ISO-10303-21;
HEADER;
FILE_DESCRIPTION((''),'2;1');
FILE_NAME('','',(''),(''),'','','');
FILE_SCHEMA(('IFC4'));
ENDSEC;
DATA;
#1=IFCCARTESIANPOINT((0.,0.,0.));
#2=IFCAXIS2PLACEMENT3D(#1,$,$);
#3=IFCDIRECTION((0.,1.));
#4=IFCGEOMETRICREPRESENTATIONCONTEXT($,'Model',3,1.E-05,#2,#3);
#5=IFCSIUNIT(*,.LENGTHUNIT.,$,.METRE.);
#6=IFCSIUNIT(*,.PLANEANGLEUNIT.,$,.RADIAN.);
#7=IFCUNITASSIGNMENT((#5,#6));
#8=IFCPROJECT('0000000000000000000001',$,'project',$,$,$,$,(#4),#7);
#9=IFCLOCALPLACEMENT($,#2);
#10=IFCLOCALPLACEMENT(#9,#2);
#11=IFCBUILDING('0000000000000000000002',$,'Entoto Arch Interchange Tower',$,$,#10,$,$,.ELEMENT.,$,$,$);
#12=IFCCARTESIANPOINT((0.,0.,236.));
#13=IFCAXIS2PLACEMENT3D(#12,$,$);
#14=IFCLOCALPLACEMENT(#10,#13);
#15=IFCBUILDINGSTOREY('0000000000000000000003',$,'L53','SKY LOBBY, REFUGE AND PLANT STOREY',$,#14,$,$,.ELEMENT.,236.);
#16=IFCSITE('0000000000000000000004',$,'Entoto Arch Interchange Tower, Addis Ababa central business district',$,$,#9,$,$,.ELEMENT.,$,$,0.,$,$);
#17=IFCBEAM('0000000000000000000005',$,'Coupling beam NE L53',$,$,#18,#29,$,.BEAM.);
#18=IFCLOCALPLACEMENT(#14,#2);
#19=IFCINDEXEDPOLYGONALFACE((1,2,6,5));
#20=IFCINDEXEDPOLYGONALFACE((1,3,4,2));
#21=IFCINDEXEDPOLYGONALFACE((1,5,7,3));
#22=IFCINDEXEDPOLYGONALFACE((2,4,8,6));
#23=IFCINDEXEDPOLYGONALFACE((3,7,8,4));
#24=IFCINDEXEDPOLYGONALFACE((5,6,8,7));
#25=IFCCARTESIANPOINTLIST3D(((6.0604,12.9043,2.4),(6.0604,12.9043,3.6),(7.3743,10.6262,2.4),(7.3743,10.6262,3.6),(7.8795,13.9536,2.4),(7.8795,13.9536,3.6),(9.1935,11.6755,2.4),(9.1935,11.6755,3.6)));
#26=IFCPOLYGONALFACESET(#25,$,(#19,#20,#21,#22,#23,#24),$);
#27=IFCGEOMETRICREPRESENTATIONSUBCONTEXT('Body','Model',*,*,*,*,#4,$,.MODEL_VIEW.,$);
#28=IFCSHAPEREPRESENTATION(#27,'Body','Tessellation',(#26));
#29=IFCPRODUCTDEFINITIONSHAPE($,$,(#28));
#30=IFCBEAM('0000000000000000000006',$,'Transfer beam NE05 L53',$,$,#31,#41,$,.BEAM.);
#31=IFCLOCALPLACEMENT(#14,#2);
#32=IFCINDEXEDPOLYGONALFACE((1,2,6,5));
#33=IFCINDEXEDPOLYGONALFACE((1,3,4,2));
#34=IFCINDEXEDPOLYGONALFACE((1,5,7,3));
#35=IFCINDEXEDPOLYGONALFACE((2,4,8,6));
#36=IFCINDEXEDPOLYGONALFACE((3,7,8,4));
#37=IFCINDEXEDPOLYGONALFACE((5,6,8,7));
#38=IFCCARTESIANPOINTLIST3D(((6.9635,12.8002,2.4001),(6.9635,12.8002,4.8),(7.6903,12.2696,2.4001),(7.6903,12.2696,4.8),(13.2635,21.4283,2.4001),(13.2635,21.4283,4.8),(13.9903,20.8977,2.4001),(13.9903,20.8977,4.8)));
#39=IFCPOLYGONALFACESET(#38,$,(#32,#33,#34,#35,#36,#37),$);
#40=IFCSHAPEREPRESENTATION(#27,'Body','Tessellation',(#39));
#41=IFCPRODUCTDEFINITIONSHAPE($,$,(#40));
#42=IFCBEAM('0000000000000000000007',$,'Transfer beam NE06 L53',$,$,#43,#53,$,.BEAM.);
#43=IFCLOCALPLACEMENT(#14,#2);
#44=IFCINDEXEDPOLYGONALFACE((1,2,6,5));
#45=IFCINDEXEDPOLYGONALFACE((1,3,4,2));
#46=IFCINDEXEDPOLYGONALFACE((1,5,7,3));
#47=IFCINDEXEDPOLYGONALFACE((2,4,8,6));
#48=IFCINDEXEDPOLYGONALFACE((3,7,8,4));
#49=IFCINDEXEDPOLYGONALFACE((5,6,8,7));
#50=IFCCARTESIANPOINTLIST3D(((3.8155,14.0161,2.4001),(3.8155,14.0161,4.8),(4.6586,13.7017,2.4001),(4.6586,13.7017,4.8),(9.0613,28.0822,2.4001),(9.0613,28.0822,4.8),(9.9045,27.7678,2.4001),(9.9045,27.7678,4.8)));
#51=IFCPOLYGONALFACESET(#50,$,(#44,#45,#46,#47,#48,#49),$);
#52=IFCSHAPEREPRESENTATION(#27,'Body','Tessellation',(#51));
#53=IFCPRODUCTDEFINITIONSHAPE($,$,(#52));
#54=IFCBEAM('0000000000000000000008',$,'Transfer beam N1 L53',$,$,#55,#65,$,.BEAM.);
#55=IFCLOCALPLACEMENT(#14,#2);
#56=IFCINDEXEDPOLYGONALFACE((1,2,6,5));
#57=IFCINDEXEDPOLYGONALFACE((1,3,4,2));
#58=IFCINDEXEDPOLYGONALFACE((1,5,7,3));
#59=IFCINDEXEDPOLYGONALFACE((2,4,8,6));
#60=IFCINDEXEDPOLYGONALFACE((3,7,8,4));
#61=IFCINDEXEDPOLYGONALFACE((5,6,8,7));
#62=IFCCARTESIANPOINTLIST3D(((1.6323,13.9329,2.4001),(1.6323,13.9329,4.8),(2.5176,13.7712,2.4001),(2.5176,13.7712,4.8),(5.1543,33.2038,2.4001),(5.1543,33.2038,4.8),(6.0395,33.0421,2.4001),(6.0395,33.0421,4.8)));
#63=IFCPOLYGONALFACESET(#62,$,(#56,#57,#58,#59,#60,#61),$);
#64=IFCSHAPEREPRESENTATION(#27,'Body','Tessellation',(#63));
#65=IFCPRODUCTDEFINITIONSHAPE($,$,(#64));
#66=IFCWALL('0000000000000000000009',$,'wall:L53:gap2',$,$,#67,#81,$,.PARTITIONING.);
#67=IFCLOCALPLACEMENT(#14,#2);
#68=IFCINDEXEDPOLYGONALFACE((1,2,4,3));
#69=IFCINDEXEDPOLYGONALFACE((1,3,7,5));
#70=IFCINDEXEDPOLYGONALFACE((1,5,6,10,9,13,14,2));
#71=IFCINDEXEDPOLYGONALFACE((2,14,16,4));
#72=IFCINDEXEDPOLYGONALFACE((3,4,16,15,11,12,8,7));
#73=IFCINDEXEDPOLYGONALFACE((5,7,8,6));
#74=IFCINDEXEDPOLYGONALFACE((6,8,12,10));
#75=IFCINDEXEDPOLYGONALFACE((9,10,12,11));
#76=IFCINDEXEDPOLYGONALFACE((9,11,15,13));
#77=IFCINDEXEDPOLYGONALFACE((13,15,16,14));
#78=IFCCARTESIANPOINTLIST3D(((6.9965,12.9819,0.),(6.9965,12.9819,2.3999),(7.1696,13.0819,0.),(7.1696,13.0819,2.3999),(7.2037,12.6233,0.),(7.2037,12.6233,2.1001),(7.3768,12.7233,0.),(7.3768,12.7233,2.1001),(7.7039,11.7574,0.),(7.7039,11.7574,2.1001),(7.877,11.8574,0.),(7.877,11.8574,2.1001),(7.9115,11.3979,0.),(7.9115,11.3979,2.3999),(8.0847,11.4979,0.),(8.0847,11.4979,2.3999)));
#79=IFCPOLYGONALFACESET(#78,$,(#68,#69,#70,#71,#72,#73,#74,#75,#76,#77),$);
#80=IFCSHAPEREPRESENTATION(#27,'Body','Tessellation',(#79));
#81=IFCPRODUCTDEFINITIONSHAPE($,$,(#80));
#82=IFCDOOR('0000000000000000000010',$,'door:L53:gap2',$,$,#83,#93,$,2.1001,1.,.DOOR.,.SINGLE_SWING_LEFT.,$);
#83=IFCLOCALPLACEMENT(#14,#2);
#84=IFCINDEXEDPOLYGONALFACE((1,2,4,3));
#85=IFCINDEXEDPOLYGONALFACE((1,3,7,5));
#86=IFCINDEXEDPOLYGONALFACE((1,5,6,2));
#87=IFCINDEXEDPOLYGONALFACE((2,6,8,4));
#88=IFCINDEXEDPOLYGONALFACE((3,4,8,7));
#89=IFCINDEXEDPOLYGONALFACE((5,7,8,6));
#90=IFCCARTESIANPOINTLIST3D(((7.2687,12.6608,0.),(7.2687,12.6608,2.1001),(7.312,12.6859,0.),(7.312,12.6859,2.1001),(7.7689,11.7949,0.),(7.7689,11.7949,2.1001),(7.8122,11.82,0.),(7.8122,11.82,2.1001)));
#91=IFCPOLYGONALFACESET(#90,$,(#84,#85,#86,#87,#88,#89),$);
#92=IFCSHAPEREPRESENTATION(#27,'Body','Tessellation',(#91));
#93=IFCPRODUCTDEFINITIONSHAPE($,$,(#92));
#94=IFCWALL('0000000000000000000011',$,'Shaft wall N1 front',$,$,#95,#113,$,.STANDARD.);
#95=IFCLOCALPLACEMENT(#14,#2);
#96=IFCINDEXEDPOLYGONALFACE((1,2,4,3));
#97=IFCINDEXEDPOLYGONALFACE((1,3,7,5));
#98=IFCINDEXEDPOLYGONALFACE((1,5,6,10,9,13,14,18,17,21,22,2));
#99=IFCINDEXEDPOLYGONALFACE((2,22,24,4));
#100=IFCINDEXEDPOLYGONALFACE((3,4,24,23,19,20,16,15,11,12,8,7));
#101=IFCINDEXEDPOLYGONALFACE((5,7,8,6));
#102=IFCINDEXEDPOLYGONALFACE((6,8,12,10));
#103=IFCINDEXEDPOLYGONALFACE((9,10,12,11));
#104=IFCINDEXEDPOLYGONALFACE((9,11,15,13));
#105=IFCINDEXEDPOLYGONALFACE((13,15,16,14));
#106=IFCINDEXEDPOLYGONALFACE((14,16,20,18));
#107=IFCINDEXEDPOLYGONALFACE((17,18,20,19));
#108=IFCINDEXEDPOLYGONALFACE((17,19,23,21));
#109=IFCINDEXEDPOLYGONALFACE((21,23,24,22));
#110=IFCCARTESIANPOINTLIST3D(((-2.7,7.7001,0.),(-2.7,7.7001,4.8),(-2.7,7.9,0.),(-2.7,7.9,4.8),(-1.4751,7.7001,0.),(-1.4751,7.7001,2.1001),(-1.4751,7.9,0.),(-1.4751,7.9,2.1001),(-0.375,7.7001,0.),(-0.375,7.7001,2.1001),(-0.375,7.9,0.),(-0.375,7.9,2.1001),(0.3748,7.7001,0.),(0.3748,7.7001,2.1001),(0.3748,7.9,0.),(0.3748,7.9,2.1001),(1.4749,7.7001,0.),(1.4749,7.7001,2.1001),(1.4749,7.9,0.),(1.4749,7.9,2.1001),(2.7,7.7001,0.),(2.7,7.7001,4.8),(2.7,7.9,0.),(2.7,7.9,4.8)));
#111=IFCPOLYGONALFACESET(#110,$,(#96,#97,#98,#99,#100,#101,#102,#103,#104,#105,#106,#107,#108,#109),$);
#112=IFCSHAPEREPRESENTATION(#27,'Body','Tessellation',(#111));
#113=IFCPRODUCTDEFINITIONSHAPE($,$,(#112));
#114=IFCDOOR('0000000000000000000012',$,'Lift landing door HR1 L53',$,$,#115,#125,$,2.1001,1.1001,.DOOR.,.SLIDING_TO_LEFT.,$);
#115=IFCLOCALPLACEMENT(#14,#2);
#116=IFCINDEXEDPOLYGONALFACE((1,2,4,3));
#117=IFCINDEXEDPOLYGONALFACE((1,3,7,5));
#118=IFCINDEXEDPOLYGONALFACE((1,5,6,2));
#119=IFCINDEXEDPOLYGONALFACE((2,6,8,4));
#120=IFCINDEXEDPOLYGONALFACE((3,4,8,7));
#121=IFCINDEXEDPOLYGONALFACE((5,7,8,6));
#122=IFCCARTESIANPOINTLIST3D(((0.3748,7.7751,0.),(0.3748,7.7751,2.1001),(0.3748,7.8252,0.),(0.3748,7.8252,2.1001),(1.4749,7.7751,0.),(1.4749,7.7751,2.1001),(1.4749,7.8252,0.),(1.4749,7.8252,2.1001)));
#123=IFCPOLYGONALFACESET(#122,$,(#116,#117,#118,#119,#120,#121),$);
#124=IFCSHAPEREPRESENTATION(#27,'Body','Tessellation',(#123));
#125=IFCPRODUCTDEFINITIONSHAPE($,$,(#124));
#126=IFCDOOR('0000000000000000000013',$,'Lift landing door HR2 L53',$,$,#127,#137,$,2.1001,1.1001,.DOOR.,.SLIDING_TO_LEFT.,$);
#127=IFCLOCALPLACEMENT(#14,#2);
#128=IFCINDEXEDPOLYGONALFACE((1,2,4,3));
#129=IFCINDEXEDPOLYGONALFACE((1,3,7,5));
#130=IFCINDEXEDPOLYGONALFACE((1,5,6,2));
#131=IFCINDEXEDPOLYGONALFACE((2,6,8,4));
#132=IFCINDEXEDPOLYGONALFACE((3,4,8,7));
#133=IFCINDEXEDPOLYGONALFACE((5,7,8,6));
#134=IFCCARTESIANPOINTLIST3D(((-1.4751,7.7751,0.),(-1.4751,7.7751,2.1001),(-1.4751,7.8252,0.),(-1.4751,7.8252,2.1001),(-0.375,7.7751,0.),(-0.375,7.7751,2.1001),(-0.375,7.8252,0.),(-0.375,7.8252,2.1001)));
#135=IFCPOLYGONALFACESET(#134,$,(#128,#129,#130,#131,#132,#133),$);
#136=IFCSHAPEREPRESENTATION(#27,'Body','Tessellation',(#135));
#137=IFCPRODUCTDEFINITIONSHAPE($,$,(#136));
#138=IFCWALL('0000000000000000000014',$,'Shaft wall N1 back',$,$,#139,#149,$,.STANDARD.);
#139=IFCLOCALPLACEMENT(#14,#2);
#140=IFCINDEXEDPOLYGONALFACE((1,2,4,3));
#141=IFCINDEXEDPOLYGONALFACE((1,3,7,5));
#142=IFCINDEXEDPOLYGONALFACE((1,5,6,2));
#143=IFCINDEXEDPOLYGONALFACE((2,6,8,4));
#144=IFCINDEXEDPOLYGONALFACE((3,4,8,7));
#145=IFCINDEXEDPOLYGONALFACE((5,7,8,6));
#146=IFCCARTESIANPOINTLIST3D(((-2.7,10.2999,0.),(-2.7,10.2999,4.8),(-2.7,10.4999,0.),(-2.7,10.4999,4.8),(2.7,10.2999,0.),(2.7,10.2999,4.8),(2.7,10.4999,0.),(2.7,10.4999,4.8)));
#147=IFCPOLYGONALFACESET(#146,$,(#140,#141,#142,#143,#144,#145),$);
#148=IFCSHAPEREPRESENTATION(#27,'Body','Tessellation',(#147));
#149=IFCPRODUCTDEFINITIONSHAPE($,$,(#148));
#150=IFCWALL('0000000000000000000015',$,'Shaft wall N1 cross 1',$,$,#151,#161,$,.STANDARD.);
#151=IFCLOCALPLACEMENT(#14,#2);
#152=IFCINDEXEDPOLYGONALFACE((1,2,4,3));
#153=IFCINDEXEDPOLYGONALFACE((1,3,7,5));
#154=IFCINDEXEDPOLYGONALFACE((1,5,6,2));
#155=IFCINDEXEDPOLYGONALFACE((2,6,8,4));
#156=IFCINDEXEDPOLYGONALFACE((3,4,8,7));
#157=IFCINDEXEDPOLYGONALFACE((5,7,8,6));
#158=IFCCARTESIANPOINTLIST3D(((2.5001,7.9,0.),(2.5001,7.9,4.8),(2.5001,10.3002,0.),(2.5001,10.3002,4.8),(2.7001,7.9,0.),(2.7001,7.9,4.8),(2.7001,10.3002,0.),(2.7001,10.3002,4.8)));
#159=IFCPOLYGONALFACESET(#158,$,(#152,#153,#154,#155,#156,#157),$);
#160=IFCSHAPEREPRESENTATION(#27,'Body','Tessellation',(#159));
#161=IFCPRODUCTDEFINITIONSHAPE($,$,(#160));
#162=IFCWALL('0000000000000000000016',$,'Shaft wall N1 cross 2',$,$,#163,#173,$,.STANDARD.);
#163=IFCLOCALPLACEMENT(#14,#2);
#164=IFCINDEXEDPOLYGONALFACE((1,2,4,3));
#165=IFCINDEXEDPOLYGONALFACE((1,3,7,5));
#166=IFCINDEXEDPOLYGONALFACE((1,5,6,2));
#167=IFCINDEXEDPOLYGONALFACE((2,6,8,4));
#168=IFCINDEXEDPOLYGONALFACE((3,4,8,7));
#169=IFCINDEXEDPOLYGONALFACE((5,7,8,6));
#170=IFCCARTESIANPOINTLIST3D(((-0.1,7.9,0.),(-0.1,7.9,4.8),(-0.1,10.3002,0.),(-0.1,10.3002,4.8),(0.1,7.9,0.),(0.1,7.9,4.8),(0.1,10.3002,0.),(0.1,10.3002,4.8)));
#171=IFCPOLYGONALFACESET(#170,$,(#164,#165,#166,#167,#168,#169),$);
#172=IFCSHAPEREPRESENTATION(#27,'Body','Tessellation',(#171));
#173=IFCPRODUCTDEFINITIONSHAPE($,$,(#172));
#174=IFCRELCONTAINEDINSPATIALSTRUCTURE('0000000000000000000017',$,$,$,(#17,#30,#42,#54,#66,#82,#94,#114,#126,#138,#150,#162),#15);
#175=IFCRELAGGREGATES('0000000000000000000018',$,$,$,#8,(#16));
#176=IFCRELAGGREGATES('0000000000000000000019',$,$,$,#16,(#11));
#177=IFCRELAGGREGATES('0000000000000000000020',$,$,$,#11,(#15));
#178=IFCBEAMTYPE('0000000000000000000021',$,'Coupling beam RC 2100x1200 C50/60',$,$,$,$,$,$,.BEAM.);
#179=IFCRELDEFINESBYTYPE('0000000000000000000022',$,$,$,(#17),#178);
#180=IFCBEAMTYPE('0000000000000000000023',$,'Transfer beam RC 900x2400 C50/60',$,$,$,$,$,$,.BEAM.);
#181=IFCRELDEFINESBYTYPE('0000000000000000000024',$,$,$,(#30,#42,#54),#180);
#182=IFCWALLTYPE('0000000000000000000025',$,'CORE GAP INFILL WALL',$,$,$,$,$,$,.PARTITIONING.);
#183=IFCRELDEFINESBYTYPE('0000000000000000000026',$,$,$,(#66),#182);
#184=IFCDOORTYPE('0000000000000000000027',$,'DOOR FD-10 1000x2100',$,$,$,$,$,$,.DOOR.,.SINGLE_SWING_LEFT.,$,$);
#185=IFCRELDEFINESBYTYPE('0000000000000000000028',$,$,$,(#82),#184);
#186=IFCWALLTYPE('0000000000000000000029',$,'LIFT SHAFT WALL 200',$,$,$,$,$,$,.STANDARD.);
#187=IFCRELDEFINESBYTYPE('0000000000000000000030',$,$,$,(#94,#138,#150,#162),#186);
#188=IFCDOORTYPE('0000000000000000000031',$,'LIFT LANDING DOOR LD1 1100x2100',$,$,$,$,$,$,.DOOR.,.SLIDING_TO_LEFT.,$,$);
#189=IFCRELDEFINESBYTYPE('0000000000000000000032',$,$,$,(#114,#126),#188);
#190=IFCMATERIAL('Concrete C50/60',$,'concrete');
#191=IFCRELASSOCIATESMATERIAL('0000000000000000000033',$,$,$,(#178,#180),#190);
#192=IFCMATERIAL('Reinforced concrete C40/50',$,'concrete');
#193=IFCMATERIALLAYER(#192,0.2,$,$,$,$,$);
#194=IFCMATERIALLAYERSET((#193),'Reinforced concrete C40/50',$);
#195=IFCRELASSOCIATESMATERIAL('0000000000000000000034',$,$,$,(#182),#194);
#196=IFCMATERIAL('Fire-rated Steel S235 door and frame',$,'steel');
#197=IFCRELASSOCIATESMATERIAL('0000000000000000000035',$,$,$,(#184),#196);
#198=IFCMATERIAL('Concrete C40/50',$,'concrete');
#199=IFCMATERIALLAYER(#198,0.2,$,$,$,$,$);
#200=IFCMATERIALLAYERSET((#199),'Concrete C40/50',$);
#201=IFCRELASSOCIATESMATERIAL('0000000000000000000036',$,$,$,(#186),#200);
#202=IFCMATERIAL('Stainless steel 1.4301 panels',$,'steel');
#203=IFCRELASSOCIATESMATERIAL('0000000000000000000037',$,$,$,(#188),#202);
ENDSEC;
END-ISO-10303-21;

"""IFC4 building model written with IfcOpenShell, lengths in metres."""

from ifc_helpers import new_model, si_unit, direction, frame, frame_2d, origin, origin_2d, place, context, subcontext, project, spatial, rectangle, extrude, material, layer, layer_set, material_profile, profile_set, type_object, element, fill, save


model = new_model("IFC4")

# Units and contexts
model_context = context("Model", 3, precision=1e-05, world=origin(), true_north=direction((0.0, 1.0)))
body_context = subcontext(model_context, "Body", "Model", "MODEL_VIEW")
ifc_project = project(units=[si_unit("LENGTHUNIT", "METRE"), si_unit("PLANEANGLEUNIT", "RADIAN")], contexts=[model_context])

# Site, building, storey
site_placement = place(None, origin())
site = spatial("IfcSite", under=ifc_project, at=site_placement, Name="Entoto Arch Interchange Tower, Addis Ababa central business district", CompositionType="ELEMENT", RefElevation=0.0)
building_placement = place(site_placement, origin())
building = spatial("IfcBuilding", under=site, at=building_placement, Name="Entoto Arch Interchange Tower", CompositionType="ELEMENT")
storey_placement = place(building_placement, frame((0.0, 0.0, 236.0)))
storey = spatial("IfcBuildingStorey", under=building, at=storey_placement, Name="L53", Description="SKY LOBBY, REFUGE AND PLANT STOREY", CompositionType="ELEMENT", Elevation=236.0)

# Beams
ifc_material_1 = material(Name="Concrete C50/60", Category="concrete")
ifc_material_profile_1 = material_profile(ifc_material_1, rectangle(XDim=2.1001, YDim=1.2, at=origin_2d()))
ifc_profile_set_1 = profile_set([ifc_material_profile_1], Name="Concrete C50/60")
beam_type_1 = type_object("IfcBeamType", Name="Coupling beam RC 2100x1200 C50/60", PredefinedType="BEAM", material=ifc_profile_set_1)
beam_1_placement = place(storey_placement, frame((8.2839, 11.1509, 3.0), z_axis=(-0.499634, 0.866237, 0.0), x_axis=(-0.866237, -0.499634, 0.0)))
element("IfcBeam", 1, at=beam_1_placement, inside=storey, type_object=beam_type_1, Name="Coupling beam NE L53", PredefinedType="BEAM", context=body_context, shape_type="SweptSolid", body=[
    extrude(rectangle(XDim=2.1001, YDim=1.2, at=origin_2d()), origin(), (0.0, 0.0, 1.0), 2.6299),
])
ifc_material_profile_2 = material_profile(ifc_material_1, rectangle(XDim=0.8999, YDim=2.3999, at=origin_2d()))
ifc_profile_set_2 = profile_set([ifc_material_profile_2], Name="Concrete C50/60")
beam_type_2 = type_object("IfcBeamType", Name="Transfer beam RC 900x2400 C50/60", PredefinedType="BEAM", material=ifc_profile_set_2)
beam_2_placement = place(storey_placement, frame((7.3269, 12.5349, 3.6001), z_axis=(0.589702, 0.807621, 0.0), x_axis=(-0.807621, 0.589702, 0.0)))
element("IfcBeam", 2, at=beam_2_placement, inside=storey, type_object=beam_type_2, Name="Transfer beam NE05 L53", PredefinedType="BEAM", context=body_context, shape_type="SweptSolid", body=[
    extrude(rectangle(XDim=0.8999, YDim=2.3999, at=origin_2d()), origin(), (0.0, 0.0, 1.0), 10.6833),
])
beam_3_placement = place(storey_placement, frame((4.2371, 13.8589, 3.6001), z_axis=(0.349432, 0.936962, 0.0), x_axis=(-0.936962, 0.349432, 0.0)))
element("IfcBeam", 3, at=beam_3_placement, inside=storey, type_object=beam_type_2, Name="Transfer beam NE06 L53", PredefinedType="BEAM", context=body_context, shape_type="SweptSolid", body=[
    extrude(rectangle(XDim=0.8999, YDim=2.3999, at=origin_2d()), origin(), (0.0, 0.0, 1.0), 15.0125),
])
beam_4_placement = place(storey_placement, frame((2.075, 13.8521, 3.6001), z_axis=(0.179782, 0.983706, 0.0), x_axis=(-0.983706, 0.179782, 0.0)))
element("IfcBeam", 4, at=beam_4_placement, inside=storey, type_object=beam_type_2, Name="Transfer beam N1 L53", PredefinedType="BEAM", context=body_context, shape_type="SweptSolid", body=[
    extrude(rectangle(XDim=0.8999, YDim=2.3999, at=origin_2d()), origin(), (0.0, 0.0, 1.0), 19.5901),
])

# Wall, opening, door
ifc_material_2 = material(Name="Reinforced concrete C40/50", Category="concrete")
ifc_layer_1 = layer(ifc_material_2, 0.2)
ifc_layer_set_1 = layer_set([ifc_layer_1], Name="Reinforced concrete C40/50")
wall_type_1 = type_object("IfcWallType", Name="CORE GAP INFILL WALL", PredefinedType="PARTITIONING", material=ifc_layer_set_1)
wall_1_placement = place(storey_placement, frame((7.998, 11.448, 0.0), z_axis=(0.0, 0.0, 1.0), x_axis=(-0.500215, 0.865901, 0.0)))
wall_1 = element("IfcWall", 5, at=wall_1_placement, inside=storey, type_object=wall_type_1, Name="wall:L53:gap2", PredefinedType="PARTITIONING", context=body_context, shape_type="SweptSolid", body=[
    extrude(rectangle(XDim=1.8293, YDim=0.2, at=frame_2d((0.9146, 0.0))), origin(), (0.0, 0.0, 1.0), 2.3999),
])
opening_1_placement = place(wall_1_placement, frame((0.415, 0.0, 0.0)))
opening_1 = element("IfcOpeningElement", 6, at=opening_1_placement, cuts=wall_1, PredefinedType="OPENING", context=body_context, shape_type="SweptSolid", body=[
    extrude(rectangle(XDim=1.0, YDim=2.1001, at=frame_2d((0.5, 1.05))), frame((0.0, 0.1099, 0.0), z_axis=(0.0, -1.0, 0.0), x_axis=(1.0, 0.0, 0.0)), (0.0, 0.0, 1.0), 0.22),
])
ifc_material_3 = material(Name="Fire-rated Steel S235 door and frame", Category="steel")
door_type_1 = type_object("IfcDoorType", Name="DOOR FD-10 1000x2100", OperationType="SINGLE_SWING_LEFT", PredefinedType="DOOR", material=ifc_material_3)
door_1_placement = place(opening_1_placement, origin())
door_1 = element("IfcDoor", 7, at=door_1_placement, inside=storey, type_object=door_type_1, Name="door:L53:gap2", OperationType="SINGLE_SWING_LEFT", OverallHeight=2.1001, OverallWidth=1.0, PredefinedType="DOOR", context=body_context, shape_type="SweptSolid", body=[
    extrude(rectangle(XDim=1.0, YDim=2.1001, at=frame_2d((0.5, 1.05))), frame((0.0, 0.0249, 0.0), z_axis=(0.0, -1.0, 0.0), x_axis=(1.0, 0.0, 0.0)), (0.0, 0.0, 1.0), 0.05),
])
fill(opening_1, door_1)

# Wall, openings, doors
ifc_material_4 = material(Name="Concrete C40/50", Category="concrete")
ifc_layer_2 = layer(ifc_material_4, 0.2)
ifc_layer_set_2 = layer_set([ifc_layer_2], Name="Concrete C40/50")
wall_type_2 = type_object("IfcWallType", Name="LIFT SHAFT WALL 200", PredefinedType="STANDARD", material=ifc_layer_set_2)
wall_2_placement = place(storey_placement, frame((2.7, 7.8, 0.0), z_axis=(0.0, 0.0, 1.0), x_axis=(-1.0, 0.0, 0.0)))
wall_2 = element("IfcWall", 8, at=wall_2_placement, inside=storey, type_object=wall_type_2, Name="Shaft wall N1 front", PredefinedType="STANDARD", context=body_context, shape_type="SweptSolid", body=[
    extrude(rectangle(XDim=5.3999, YDim=0.2, at=frame_2d((2.7, 0.0))), origin(), (0.0, 0.0, 1.0), 4.8),
])
opening_2_placement = place(wall_2_placement, frame((1.2251, 0.0, 0.0)))
opening_2 = element("IfcOpeningElement", 9, at=opening_2_placement, cuts=wall_2, PredefinedType="OPENING", context=body_context, shape_type="SweptSolid", body=[
    extrude(rectangle(XDim=1.1001, YDim=2.1001, at=frame_2d((0.55, 1.05))), frame((0.0, 0.1099, 0.0), z_axis=(0.0, -1.0, 0.0), x_axis=(1.0, 0.0, 0.0)), (0.0, 0.0, 1.0), 0.22),
])
opening_3_placement = place(wall_2_placement, frame((3.075, 0.0, 0.0)))
opening_3 = element("IfcOpeningElement", 10, at=opening_3_placement, cuts=wall_2, PredefinedType="OPENING", context=body_context, shape_type="SweptSolid", body=[
    extrude(rectangle(XDim=1.1001, YDim=2.1001, at=frame_2d((0.55, 1.05))), frame((0.0, 0.1099, 0.0), z_axis=(0.0, -1.0, 0.0), x_axis=(1.0, 0.0, 0.0)), (0.0, 0.0, 1.0), 0.22),
])
ifc_material_5 = material(Name="Stainless steel 1.4301 panels", Category="steel")
door_type_2 = type_object("IfcDoorType", Name="LIFT LANDING DOOR LD1 1100x2100", OperationType="SLIDING_TO_LEFT", PredefinedType="DOOR", material=ifc_material_5)
door_2_placement = place(opening_2_placement, origin())
door_2 = element("IfcDoor", 11, at=door_2_placement, inside=storey, type_object=door_type_2, Name="Lift landing door HR1 L53", OperationType="SLIDING_TO_LEFT", OverallHeight=2.1001, OverallWidth=1.1001, PredefinedType="DOOR", context=body_context, shape_type="SweptSolid", body=[
    extrude(rectangle(XDim=1.1001, YDim=2.1001, at=frame_2d((0.55, 1.05))), frame((0.0, 0.0249, 0.0), z_axis=(0.0, -1.0, 0.0), x_axis=(1.0, 0.0, 0.0)), (0.0, 0.0, 1.0), 0.05),
])
fill(opening_2, door_2)
door_3_placement = place(opening_3_placement, origin())
door_3 = element("IfcDoor", 12, at=door_3_placement, inside=storey, type_object=door_type_2, Name="Lift landing door HR2 L53", OperationType="SLIDING_TO_LEFT", OverallHeight=2.1001, OverallWidth=1.1001, PredefinedType="DOOR", context=body_context, shape_type="SweptSolid", body=[
    extrude(rectangle(XDim=1.1001, YDim=2.1001, at=frame_2d((0.55, 1.05))), frame((0.0, 0.0249, 0.0), z_axis=(0.0, -1.0, 0.0), x_axis=(1.0, 0.0, 0.0)), (0.0, 0.0, 1.0), 0.05),
])
fill(opening_3, door_3)

# Walls
wall_3_placement = place(storey_placement, frame((2.7, 10.3999, 0.0), z_axis=(0.0, 0.0, 1.0), x_axis=(-1.0, 0.0, 0.0)))
element("IfcWall", 13, at=wall_3_placement, inside=storey, type_object=wall_type_2, Name="Shaft wall N1 back", PredefinedType="STANDARD", context=body_context, shape_type="SweptSolid", body=[
    extrude(rectangle(XDim=5.3999, YDim=0.2, at=frame_2d((2.7, 0.0))), origin(), (0.0, 0.0, 1.0), 4.8),
])
for number, where, z_axis, x_axis, name in (
    (14, (2.6001, 7.8999, 0.0), (0.0, 0.0, 1.0), (0.0, 1.0, 0.0), "Shaft wall N1 cross 1"),
    (15, (0.0, 7.8999, 0.0), (0.0, 0.0, 1.0), (0.0, 1.0, 0.0), "Shaft wall N1 cross 2"),
):
    element("IfcWall", number, at=place(storey_placement, frame(where, z_axis=z_axis, x_axis=x_axis)), inside=storey, type_object=wall_type_2, Name=name, PredefinedType="STANDARD", context=body_context, shape_type="SweptSolid", body=[
        extrude(rectangle(XDim=2.4001, YDim=0.2, at=frame_2d((1.2002, 0.0))), origin(), (0.0, 0.0, 1.0), 4.8),
    ])

save(model, "model.ifc")
